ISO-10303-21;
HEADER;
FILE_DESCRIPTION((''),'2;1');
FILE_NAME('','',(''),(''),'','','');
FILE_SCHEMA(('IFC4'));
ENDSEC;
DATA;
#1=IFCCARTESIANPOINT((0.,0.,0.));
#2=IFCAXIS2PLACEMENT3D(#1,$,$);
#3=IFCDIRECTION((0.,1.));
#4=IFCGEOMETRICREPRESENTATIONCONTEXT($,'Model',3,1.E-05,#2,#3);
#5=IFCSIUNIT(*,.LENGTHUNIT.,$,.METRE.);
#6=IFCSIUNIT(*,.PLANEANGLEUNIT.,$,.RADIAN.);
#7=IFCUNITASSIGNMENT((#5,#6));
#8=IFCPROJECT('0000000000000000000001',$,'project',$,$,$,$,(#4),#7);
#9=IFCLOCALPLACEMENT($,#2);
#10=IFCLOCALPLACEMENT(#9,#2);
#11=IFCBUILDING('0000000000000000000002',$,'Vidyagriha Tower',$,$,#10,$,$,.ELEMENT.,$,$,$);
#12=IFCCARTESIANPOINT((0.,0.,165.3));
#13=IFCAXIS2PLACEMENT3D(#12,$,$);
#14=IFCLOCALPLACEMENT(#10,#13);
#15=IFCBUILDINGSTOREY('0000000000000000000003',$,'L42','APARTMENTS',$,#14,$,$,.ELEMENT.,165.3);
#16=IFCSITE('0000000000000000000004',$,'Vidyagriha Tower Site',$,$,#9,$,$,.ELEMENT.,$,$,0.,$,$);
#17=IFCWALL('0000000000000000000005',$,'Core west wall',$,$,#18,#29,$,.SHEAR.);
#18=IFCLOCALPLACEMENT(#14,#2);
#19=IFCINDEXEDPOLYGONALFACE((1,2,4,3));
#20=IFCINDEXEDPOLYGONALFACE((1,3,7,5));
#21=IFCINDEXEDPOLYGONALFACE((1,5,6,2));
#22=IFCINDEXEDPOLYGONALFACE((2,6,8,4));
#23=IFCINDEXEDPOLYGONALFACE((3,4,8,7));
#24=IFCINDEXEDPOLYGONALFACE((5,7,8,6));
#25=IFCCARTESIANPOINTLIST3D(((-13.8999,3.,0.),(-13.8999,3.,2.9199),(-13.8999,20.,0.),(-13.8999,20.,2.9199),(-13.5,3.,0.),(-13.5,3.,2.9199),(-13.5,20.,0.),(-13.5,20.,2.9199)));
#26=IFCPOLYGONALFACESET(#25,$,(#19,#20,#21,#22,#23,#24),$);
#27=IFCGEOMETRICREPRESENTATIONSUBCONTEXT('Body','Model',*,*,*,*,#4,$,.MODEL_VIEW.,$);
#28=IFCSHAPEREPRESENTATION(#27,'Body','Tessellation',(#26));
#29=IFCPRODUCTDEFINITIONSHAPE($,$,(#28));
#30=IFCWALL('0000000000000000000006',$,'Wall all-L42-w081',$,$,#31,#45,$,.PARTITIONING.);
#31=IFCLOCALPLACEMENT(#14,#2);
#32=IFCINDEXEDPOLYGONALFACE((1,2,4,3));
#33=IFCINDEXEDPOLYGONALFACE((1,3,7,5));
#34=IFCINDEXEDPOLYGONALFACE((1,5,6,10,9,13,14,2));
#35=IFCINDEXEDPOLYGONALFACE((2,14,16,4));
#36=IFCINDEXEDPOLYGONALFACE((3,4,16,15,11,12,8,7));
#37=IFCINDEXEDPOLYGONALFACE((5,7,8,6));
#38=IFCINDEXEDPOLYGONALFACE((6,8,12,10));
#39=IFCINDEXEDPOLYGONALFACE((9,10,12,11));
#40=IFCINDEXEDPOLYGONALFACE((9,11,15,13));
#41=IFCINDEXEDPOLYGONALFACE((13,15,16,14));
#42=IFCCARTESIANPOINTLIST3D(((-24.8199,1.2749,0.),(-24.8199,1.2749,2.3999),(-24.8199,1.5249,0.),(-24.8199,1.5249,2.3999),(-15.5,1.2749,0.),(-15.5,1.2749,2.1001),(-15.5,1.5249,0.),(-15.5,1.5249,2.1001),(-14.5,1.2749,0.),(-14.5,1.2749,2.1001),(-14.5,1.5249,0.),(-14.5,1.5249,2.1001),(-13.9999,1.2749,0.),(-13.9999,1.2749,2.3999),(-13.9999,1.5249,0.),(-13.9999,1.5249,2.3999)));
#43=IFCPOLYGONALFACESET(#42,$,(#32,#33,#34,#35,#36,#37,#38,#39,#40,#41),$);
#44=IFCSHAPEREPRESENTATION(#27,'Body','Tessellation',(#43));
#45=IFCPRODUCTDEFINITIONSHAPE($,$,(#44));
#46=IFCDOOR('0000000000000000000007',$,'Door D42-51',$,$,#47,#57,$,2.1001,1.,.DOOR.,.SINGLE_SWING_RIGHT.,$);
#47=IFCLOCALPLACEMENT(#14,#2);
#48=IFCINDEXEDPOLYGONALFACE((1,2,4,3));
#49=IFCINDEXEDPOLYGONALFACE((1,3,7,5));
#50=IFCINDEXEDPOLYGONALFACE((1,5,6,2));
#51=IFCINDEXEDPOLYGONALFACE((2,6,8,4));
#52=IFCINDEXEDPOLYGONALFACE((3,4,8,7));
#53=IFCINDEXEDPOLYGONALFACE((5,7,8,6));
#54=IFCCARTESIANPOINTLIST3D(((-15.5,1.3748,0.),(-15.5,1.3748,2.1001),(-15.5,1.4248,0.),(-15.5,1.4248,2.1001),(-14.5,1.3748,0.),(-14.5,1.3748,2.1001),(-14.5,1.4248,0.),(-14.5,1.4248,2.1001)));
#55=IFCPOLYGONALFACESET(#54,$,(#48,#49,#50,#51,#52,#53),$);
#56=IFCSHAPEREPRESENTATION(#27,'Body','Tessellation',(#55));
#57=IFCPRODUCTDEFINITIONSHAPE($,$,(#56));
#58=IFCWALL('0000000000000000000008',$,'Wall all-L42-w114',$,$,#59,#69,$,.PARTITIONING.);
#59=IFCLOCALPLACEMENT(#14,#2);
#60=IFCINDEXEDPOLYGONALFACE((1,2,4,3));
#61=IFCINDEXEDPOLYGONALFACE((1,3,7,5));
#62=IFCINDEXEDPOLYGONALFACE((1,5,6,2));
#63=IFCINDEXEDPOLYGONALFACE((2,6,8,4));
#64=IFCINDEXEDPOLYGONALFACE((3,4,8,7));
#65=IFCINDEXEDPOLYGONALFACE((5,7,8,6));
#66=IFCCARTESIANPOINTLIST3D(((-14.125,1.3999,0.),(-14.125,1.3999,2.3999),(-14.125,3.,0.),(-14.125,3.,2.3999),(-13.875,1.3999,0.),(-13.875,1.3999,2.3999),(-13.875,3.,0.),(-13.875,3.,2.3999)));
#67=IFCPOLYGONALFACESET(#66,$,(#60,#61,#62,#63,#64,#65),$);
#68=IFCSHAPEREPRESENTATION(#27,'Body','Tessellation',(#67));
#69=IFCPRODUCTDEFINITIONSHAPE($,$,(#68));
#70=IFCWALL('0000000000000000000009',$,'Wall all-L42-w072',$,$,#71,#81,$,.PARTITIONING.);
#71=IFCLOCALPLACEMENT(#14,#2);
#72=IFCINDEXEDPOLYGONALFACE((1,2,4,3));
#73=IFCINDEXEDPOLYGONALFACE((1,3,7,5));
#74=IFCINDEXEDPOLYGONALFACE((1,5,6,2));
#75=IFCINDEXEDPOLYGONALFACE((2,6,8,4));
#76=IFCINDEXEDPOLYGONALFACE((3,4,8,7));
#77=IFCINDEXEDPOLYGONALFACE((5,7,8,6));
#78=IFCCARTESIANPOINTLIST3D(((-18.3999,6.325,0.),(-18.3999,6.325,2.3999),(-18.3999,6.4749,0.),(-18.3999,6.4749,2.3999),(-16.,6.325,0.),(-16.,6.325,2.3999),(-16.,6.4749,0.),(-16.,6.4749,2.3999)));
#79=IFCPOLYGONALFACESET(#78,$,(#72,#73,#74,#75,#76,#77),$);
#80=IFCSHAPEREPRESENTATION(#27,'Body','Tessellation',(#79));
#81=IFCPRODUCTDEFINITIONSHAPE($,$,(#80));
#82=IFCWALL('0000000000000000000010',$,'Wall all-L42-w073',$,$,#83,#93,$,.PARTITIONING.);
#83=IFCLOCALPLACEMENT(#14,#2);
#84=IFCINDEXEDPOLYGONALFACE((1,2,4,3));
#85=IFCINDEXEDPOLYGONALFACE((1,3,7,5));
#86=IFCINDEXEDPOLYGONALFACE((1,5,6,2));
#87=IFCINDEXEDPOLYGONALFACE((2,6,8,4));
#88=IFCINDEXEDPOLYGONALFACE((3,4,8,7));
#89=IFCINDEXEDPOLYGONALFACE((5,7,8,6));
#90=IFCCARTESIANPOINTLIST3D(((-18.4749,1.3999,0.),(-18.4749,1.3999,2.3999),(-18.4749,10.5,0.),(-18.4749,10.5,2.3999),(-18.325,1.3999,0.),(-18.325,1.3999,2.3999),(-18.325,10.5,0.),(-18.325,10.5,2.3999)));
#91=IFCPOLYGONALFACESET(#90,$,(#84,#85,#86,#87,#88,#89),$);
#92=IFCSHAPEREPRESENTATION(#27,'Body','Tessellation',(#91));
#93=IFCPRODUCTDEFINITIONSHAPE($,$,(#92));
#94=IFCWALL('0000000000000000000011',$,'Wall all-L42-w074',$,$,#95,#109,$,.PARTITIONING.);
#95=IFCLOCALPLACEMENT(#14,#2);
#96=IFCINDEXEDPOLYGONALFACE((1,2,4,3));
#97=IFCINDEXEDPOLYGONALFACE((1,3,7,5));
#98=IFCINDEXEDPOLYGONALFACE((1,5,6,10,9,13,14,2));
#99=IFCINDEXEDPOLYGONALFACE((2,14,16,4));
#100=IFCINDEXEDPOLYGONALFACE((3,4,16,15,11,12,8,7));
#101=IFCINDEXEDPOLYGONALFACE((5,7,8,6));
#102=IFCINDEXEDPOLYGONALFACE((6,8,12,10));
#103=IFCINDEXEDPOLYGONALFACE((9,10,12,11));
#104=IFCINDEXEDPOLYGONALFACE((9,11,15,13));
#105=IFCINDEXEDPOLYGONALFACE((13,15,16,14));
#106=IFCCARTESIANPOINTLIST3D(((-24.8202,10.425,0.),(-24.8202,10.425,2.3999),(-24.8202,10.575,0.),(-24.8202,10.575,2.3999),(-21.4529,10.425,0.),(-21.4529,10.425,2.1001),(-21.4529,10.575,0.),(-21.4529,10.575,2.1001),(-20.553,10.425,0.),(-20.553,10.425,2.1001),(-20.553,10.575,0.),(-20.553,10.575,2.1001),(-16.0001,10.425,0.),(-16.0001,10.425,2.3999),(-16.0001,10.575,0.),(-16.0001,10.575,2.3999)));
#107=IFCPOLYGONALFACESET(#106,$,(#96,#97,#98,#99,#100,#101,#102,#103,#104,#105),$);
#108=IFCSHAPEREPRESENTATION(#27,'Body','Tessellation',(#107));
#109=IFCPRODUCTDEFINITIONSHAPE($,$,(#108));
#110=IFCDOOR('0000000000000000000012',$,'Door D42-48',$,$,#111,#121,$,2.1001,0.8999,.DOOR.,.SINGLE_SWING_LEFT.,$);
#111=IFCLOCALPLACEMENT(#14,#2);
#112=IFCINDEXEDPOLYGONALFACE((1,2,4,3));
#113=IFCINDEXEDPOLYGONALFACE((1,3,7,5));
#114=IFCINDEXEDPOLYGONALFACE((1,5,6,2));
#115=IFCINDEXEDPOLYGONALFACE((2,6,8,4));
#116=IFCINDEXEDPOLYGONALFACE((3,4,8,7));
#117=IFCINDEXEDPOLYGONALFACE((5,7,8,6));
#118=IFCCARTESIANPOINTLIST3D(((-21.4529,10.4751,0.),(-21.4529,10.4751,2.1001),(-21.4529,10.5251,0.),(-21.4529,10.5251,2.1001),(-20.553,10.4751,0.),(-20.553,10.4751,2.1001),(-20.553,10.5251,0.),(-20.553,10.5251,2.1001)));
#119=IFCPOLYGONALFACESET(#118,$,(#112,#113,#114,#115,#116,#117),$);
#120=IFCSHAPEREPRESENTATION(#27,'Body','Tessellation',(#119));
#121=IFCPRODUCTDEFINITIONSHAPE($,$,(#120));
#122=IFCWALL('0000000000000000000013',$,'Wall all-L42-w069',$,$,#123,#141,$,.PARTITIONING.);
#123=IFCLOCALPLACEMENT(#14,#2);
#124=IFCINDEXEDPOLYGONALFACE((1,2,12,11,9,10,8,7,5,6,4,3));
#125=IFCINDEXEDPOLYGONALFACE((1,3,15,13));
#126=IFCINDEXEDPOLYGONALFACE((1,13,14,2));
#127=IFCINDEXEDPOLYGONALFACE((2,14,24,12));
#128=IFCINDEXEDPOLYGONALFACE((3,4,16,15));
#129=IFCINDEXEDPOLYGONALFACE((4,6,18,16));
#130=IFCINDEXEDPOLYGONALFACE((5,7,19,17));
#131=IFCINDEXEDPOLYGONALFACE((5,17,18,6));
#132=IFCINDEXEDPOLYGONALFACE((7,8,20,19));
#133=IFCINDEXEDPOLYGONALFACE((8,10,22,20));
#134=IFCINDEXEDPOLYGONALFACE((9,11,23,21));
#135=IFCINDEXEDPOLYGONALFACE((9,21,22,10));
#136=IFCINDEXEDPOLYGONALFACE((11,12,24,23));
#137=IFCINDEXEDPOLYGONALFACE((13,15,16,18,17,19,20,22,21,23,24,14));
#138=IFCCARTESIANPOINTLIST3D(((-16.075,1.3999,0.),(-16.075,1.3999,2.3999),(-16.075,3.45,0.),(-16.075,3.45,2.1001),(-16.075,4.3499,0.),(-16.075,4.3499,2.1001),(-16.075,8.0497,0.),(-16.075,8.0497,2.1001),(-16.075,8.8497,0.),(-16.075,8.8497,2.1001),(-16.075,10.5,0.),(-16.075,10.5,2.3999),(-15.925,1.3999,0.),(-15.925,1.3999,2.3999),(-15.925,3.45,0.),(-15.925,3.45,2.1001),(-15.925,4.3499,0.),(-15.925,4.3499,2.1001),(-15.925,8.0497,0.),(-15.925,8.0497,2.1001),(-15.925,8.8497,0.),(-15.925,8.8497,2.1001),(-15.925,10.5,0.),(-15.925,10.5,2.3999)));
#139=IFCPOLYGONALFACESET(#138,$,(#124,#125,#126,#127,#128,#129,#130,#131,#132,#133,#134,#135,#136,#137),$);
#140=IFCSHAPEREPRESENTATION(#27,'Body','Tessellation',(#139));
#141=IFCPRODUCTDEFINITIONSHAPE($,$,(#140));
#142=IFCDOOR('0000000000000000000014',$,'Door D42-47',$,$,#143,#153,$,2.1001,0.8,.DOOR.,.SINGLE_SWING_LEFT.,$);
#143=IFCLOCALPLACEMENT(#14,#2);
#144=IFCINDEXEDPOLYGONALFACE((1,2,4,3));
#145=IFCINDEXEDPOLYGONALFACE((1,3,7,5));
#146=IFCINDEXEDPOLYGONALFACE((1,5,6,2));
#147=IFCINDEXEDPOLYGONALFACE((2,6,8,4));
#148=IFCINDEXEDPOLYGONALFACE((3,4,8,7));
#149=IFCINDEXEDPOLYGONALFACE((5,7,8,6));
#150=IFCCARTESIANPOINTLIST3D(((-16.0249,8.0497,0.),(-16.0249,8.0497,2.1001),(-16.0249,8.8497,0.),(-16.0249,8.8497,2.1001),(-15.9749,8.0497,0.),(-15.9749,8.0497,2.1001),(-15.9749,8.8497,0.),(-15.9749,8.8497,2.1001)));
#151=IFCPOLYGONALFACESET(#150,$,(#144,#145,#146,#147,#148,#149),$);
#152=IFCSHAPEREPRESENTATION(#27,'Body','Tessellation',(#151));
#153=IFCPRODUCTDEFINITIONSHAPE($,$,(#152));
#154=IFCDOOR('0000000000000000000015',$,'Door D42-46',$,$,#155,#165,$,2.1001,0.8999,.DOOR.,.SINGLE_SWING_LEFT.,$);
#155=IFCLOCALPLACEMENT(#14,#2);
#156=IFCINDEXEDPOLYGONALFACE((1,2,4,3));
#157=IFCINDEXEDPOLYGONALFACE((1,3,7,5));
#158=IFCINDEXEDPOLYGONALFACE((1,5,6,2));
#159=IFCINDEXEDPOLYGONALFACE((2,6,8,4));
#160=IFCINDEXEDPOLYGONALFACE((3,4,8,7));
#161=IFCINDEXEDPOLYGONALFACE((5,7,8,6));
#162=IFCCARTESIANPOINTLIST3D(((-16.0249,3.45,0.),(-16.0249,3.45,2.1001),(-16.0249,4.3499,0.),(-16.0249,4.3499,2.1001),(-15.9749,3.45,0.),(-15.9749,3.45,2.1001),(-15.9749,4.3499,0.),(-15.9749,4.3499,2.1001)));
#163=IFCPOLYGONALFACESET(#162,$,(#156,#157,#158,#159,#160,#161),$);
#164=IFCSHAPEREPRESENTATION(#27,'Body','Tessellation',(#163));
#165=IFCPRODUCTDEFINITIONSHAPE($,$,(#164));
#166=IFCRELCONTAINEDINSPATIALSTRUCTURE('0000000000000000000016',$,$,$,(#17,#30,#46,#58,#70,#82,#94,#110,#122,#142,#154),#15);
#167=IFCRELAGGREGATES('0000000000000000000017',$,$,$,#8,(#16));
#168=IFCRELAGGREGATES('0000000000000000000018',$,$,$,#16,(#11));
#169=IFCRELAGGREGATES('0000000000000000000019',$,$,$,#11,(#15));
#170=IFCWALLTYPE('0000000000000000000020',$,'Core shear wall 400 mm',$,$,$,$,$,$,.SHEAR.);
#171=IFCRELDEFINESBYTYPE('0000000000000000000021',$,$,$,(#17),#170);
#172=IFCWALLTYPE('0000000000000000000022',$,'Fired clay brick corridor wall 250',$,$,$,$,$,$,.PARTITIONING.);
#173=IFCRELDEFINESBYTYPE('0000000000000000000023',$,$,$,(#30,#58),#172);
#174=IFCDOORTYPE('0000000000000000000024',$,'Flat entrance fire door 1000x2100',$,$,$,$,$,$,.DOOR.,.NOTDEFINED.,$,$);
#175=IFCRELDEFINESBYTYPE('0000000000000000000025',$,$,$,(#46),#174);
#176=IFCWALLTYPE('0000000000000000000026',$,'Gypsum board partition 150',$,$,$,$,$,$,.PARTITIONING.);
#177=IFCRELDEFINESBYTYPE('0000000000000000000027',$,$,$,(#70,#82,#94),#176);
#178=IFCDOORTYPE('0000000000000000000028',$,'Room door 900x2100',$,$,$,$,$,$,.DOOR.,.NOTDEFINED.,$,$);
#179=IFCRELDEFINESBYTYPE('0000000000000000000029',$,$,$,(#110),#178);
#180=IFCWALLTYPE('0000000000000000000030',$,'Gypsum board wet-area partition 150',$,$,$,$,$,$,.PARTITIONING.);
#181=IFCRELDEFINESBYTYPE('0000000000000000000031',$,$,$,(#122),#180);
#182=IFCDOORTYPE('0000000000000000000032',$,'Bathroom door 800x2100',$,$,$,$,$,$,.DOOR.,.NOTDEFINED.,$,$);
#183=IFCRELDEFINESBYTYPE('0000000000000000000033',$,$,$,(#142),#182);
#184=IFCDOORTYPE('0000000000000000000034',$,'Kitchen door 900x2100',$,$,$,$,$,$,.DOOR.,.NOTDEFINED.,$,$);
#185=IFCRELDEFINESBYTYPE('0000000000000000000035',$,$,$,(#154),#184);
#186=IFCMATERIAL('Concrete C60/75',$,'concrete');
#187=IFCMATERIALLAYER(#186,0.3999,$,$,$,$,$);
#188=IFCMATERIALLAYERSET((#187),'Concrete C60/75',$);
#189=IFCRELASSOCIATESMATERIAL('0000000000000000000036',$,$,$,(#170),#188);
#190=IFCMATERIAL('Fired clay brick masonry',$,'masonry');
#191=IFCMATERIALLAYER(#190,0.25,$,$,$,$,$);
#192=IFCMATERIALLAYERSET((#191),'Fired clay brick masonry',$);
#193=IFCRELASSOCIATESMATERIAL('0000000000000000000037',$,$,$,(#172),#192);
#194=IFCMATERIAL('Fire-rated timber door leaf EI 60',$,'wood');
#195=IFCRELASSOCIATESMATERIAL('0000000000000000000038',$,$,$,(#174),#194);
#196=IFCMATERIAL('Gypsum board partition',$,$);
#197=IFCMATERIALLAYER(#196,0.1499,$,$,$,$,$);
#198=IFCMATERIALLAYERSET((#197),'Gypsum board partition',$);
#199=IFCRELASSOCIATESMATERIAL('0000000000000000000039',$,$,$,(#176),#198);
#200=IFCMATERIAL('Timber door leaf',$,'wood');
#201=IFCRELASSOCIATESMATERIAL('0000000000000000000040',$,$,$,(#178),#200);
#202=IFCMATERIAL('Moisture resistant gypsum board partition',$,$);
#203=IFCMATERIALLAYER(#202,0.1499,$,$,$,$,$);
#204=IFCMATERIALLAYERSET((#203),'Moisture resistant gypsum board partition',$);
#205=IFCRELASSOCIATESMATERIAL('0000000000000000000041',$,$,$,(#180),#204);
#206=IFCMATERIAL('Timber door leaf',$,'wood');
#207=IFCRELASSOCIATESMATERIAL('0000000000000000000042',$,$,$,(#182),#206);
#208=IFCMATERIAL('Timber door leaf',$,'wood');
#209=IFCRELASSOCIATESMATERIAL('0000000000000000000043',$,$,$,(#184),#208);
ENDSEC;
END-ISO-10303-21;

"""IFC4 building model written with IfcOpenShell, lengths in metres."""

from ifc_helpers import new_model, si_unit, direction, frame, frame_2d, origin, place, context, subcontext, project, spatial, rectangle, extrude, material, layer, layer_set, type_object, element, fill, save


model = new_model("IFC4")

# Units and contexts
model_context = context("Model", 3, precision=1e-05, world=origin(), true_north=direction((0.0, 1.0)))
body_context = subcontext(model_context, "Body", "Model", "MODEL_VIEW")
ifc_project = project(units=[si_unit("LENGTHUNIT", "METRE"), si_unit("PLANEANGLEUNIT", "RADIAN")], contexts=[model_context])

# Site, building, storey
site_placement = place(None, origin())
site = spatial("IfcSite", under=ifc_project, at=site_placement, Name="Vidyagriha Tower Site", CompositionType="ELEMENT", RefElevation=0.0)
building_placement = place(site_placement, origin())
building = spatial("IfcBuilding", under=site, at=building_placement, Name="Vidyagriha Tower", CompositionType="ELEMENT")
storey_placement = place(building_placement, frame((0.0, 0.0, 165.3)))
storey = spatial("IfcBuildingStorey", under=building, at=storey_placement, Name="L42", Description="APARTMENTS", CompositionType="ELEMENT", Elevation=165.3)

# Wall
ifc_material_1 = material(Name="Concrete C60/75", Category="concrete")
ifc_layer_1 = layer(ifc_material_1, 0.3999)
ifc_layer_set_1 = layer_set([ifc_layer_1], Name="Concrete C60/75")
wall_type_1 = type_object("IfcWallType", Name="Core shear wall 400 mm", PredefinedType="SHEAR", material=ifc_layer_set_1)
wall_1_placement = place(storey_placement, frame((-13.7, 3.0, 0.0), z_axis=(0.0, 0.0, 1.0), x_axis=(0.0, 1.0, 0.0)))
element("IfcWall", 1, at=wall_1_placement, inside=storey, type_object=wall_type_1, Name="Core west wall", PredefinedType="SHEAR", context=body_context, shape_type="SweptSolid", body=[
    extrude(rectangle(XDim=17.0, YDim=0.3999, at=frame_2d((8.5, 0.0))), origin(), (0.0, 0.0, 1.0), 2.9199),
])

# Wall, opening, door
ifc_material_2 = material(Name="Fired clay brick masonry", Category="masonry")
ifc_layer_2 = layer(ifc_material_2, 0.25)
ifc_layer_set_2 = layer_set([ifc_layer_2], Name="Fired clay brick masonry")
wall_type_2 = type_object("IfcWallType", Name="Fired clay brick corridor wall 250", PredefinedType="PARTITIONING", material=ifc_layer_set_2)
wall_2_placement = place(storey_placement, frame((-24.8201, 1.3999, 0.0)))
wall_2 = element("IfcWall", 2, at=wall_2_placement, inside=storey, type_object=wall_type_2, Name="Wall all-L42-w081", PredefinedType="PARTITIONING", context=body_context, shape_type="SweptSolid", body=[
    extrude(rectangle(XDim=10.8201, YDim=0.25, at=frame_2d((5.4102, 0.0))), origin(), (0.0, 0.0, 1.0), 2.3999),
])
opening_1_placement = place(wall_2_placement, frame((9.3201, 0.0, 0.0)))
opening_1 = element("IfcOpeningElement", 3, at=opening_1_placement, cuts=wall_2, PredefinedType="OPENING", context=body_context, shape_type="SweptSolid", body=[
    extrude(rectangle(XDim=1.0, YDim=2.1001, at=frame_2d((0.5, 1.05))), frame((0.0, 0.135, 0.0), z_axis=(0.0, -1.0, 0.0), x_axis=(1.0, 0.0, 0.0)), (0.0, 0.0, 1.0), 0.27),
])
ifc_material_3 = material(Name="Fire-rated timber door leaf EI 60", Category="wood")
door_type_1 = type_object("IfcDoorType", Name="Flat entrance fire door 1000x2100", OperationType="NOTDEFINED", PredefinedType="DOOR", material=ifc_material_3)
door_1_placement = place(opening_1_placement, origin())
door_1 = element("IfcDoor", 4, at=door_1_placement, inside=storey, type_object=door_type_1, Name="Door D42-51", OperationType="SINGLE_SWING_RIGHT", OverallHeight=2.1001, OverallWidth=1.0, PredefinedType="DOOR", context=body_context, shape_type="SweptSolid", body=[
    extrude(rectangle(XDim=1.0, YDim=2.1001, at=frame_2d((0.5, 1.05))), frame((0.0, 0.0249, 0.0), z_axis=(0.0, -1.0, 0.0), x_axis=(1.0, 0.0, 0.0)), (0.0, 0.0, 1.0), 0.05),
])
fill(opening_1, door_1)

# Walls
wall_3_placement = place(storey_placement, frame((-14.0, 3.0, 0.0), z_axis=(0.0, 0.0, 1.0), x_axis=(0.0, -1.0, 0.0)))
element("IfcWall", 5, at=wall_3_placement, inside=storey, type_object=wall_type_2, Name="Wall all-L42-w114", PredefinedType="PARTITIONING", context=body_context, shape_type="SweptSolid", body=[
    extrude(rectangle(XDim=1.6001, YDim=0.25, at=frame_2d((0.8, 0.0))), origin(), (0.0, 0.0, 1.0), 2.3999),
])
ifc_material_4 = material(Name="Gypsum board partition")
ifc_layer_3 = layer(ifc_material_4, 0.1499)
ifc_layer_set_3 = layer_set([ifc_layer_3], Name="Gypsum board partition")
wall_type_3 = type_object("IfcWallType", Name="Gypsum board partition 150", PredefinedType="PARTITIONING", material=ifc_layer_set_3)
wall_4_placement = place(storey_placement, frame((-18.3999, 6.3999, 0.0)))
element("IfcWall", 6, at=wall_4_placement, inside=storey, type_object=wall_type_3, Name="Wall all-L42-w072", PredefinedType="PARTITIONING", context=body_context, shape_type="SweptSolid", body=[
    extrude(rectangle(XDim=2.3999, YDim=0.1499, at=frame_2d((1.2, 0.0))), origin(), (0.0, 0.0, 1.0), 2.3999),
])
wall_5_placement = place(storey_placement, frame((-18.3999, 1.3999, 0.0), z_axis=(0.0, 0.0, 1.0), x_axis=(0.0, 1.0, 0.0)))
element("IfcWall", 7, at=wall_5_placement, inside=storey, type_object=wall_type_3, Name="Wall all-L42-w073", PredefinedType="PARTITIONING", context=body_context, shape_type="SweptSolid", body=[
    extrude(rectangle(XDim=9.1001, YDim=0.1499, at=frame_2d((4.55, 0.0))), origin(), (0.0, 0.0, 1.0), 2.3999),
])

# Wall, opening, door
wall_6_placement = place(storey_placement, frame((-16.0, 10.5, 0.0), z_axis=(0.0, 0.0, 1.0), x_axis=(-1.0, 0.0, 0.0)))
wall_6 = element("IfcWall", 8, at=wall_6_placement, inside=storey, type_object=wall_type_3, Name="Wall all-L42-w074", PredefinedType="PARTITIONING", context=body_context, shape_type="SweptSolid", body=[
    extrude(rectangle(XDim=8.8201, YDim=0.1499, at=frame_2d((4.4102, 0.0))), origin(), (0.0, 0.0, 1.0), 2.3999),
])
opening_2_placement = place(wall_6_placement, frame((4.553, 0.0, 0.0)))
opening_2 = element("IfcOpeningElement", 9, at=opening_2_placement, cuts=wall_6, PredefinedType="OPENING", context=body_context, shape_type="SweptSolid", body=[
    extrude(rectangle(XDim=0.8999, YDim=2.1001, at=frame_2d((0.45, 1.05))), frame((0.0, 0.085, 0.0), z_axis=(0.0, -1.0, 0.0), x_axis=(1.0, 0.0, 0.0)), (0.0, 0.0, 1.0), 0.1699),
])
ifc_material_5 = material(Name="Timber door leaf", Category="wood")
door_type_2 = type_object("IfcDoorType", Name="Room door 900x2100", OperationType="NOTDEFINED", PredefinedType="DOOR", material=ifc_material_5)
door_2_placement = place(opening_2_placement, origin())
door_2 = element("IfcDoor", 10, at=door_2_placement, inside=storey, type_object=door_type_2, Name="Door D42-48", OperationType="SINGLE_SWING_LEFT", OverallHeight=2.1001, OverallWidth=0.8999, PredefinedType="DOOR", context=body_context, shape_type="SweptSolid", body=[
    extrude(rectangle(XDim=0.8999, YDim=2.1001, at=frame_2d((0.45, 1.05))), frame((0.0, 0.0249, 0.0), z_axis=(0.0, -1.0, 0.0), x_axis=(1.0, 0.0, 0.0)), (0.0, 0.0, 1.0), 0.05),
])
fill(opening_2, door_2)

# Wall, openings, doors
ifc_material_6 = material(Name="Moisture resistant gypsum board partition")
ifc_layer_4 = layer(ifc_material_6, 0.1499)
ifc_layer_set_4 = layer_set([ifc_layer_4], Name="Moisture resistant gypsum board partition")
wall_type_4 = type_object("IfcWallType", Name="Gypsum board wet-area partition 150", PredefinedType="PARTITIONING", material=ifc_layer_set_4)
wall_7_placement = place(storey_placement, frame((-16.0, 1.3999, 0.0), z_axis=(0.0, 0.0, 1.0), x_axis=(0.0, 1.0, 0.0)))
wall_7 = element("IfcWall", 11, at=wall_7_placement, inside=storey, type_object=wall_type_4, Name="Wall all-L42-w069", PredefinedType="PARTITIONING", context=body_context, shape_type="SweptSolid", body=[
    extrude(rectangle(XDim=9.1001, YDim=0.1499, at=frame_2d((4.55, 0.0))), origin(), (0.0, 0.0, 1.0), 2.3999),
])
opening_3_placement = place(wall_7_placement, frame((2.05, 0.0, 0.0)))
opening_3 = element("IfcOpeningElement", 12, at=opening_3_placement, cuts=wall_7, PredefinedType="OPENING", context=body_context, shape_type="SweptSolid", body=[
    extrude(rectangle(XDim=0.8999, YDim=2.1001, at=frame_2d((0.45, 1.05))), frame((0.0, 0.085, 0.0), z_axis=(0.0, -1.0, 0.0), x_axis=(1.0, 0.0, 0.0)), (0.0, 0.0, 1.0), 0.1699),
])
opening_4_placement = place(wall_7_placement, frame((6.6499, 0.0, 0.0)))
opening_4 = element("IfcOpeningElement", 13, at=opening_4_placement, cuts=wall_7, PredefinedType="OPENING", context=body_context, shape_type="SweptSolid", body=[
    extrude(rectangle(XDim=0.8, YDim=2.1001, at=frame_2d((0.3999, 1.05))), frame((0.0, 0.085, 0.0), z_axis=(0.0, -1.0, 0.0), x_axis=(1.0, 0.0, 0.0)), (0.0, 0.0, 1.0), 0.1699),
])
ifc_material_7 = material(Name="Timber door leaf", Category="wood")
door_type_3 = type_object("IfcDoorType", Name="Bathroom door 800x2100", OperationType="NOTDEFINED", PredefinedType="DOOR", material=ifc_material_7)
door_3_placement = place(opening_4_placement, origin())
door_3 = element("IfcDoor", 14, at=door_3_placement, inside=storey, type_object=door_type_3, Name="Door D42-47", OperationType="SINGLE_SWING_LEFT", OverallHeight=2.1001, OverallWidth=0.8, PredefinedType="DOOR", context=body_context, shape_type="SweptSolid", body=[
    extrude(rectangle(XDim=0.8, YDim=2.1001, at=frame_2d((0.3999, 1.05))), frame((0.0, 0.0249, 0.0), z_axis=(0.0, -1.0, 0.0), x_axis=(1.0, 0.0, 0.0)), (0.0, 0.0, 1.0), 0.05),
])
fill(opening_4, door_3)
ifc_material_8 = material(Name="Timber door leaf", Category="wood")
door_type_4 = type_object("IfcDoorType", Name="Kitchen door 900x2100", OperationType="NOTDEFINED", PredefinedType="DOOR", material=ifc_material_8)
door_4_placement = place(opening_3_placement, origin())
door_4 = element("IfcDoor", 15, at=door_4_placement, inside=storey, type_object=door_type_4, Name="Door D42-46", OperationType="SINGLE_SWING_LEFT", OverallHeight=2.1001, OverallWidth=0.8999, PredefinedType="DOOR", context=body_context, shape_type="SweptSolid", body=[
    extrude(rectangle(XDim=0.8999, YDim=2.1001, at=frame_2d((0.45, 1.05))), frame((0.0, 0.0249, 0.0), z_axis=(0.0, -1.0, 0.0), x_axis=(1.0, 0.0, 0.0)), (0.0, 0.0, 1.0), 0.05),
])
fill(opening_3, door_4)

save(model, "model.ifc")
